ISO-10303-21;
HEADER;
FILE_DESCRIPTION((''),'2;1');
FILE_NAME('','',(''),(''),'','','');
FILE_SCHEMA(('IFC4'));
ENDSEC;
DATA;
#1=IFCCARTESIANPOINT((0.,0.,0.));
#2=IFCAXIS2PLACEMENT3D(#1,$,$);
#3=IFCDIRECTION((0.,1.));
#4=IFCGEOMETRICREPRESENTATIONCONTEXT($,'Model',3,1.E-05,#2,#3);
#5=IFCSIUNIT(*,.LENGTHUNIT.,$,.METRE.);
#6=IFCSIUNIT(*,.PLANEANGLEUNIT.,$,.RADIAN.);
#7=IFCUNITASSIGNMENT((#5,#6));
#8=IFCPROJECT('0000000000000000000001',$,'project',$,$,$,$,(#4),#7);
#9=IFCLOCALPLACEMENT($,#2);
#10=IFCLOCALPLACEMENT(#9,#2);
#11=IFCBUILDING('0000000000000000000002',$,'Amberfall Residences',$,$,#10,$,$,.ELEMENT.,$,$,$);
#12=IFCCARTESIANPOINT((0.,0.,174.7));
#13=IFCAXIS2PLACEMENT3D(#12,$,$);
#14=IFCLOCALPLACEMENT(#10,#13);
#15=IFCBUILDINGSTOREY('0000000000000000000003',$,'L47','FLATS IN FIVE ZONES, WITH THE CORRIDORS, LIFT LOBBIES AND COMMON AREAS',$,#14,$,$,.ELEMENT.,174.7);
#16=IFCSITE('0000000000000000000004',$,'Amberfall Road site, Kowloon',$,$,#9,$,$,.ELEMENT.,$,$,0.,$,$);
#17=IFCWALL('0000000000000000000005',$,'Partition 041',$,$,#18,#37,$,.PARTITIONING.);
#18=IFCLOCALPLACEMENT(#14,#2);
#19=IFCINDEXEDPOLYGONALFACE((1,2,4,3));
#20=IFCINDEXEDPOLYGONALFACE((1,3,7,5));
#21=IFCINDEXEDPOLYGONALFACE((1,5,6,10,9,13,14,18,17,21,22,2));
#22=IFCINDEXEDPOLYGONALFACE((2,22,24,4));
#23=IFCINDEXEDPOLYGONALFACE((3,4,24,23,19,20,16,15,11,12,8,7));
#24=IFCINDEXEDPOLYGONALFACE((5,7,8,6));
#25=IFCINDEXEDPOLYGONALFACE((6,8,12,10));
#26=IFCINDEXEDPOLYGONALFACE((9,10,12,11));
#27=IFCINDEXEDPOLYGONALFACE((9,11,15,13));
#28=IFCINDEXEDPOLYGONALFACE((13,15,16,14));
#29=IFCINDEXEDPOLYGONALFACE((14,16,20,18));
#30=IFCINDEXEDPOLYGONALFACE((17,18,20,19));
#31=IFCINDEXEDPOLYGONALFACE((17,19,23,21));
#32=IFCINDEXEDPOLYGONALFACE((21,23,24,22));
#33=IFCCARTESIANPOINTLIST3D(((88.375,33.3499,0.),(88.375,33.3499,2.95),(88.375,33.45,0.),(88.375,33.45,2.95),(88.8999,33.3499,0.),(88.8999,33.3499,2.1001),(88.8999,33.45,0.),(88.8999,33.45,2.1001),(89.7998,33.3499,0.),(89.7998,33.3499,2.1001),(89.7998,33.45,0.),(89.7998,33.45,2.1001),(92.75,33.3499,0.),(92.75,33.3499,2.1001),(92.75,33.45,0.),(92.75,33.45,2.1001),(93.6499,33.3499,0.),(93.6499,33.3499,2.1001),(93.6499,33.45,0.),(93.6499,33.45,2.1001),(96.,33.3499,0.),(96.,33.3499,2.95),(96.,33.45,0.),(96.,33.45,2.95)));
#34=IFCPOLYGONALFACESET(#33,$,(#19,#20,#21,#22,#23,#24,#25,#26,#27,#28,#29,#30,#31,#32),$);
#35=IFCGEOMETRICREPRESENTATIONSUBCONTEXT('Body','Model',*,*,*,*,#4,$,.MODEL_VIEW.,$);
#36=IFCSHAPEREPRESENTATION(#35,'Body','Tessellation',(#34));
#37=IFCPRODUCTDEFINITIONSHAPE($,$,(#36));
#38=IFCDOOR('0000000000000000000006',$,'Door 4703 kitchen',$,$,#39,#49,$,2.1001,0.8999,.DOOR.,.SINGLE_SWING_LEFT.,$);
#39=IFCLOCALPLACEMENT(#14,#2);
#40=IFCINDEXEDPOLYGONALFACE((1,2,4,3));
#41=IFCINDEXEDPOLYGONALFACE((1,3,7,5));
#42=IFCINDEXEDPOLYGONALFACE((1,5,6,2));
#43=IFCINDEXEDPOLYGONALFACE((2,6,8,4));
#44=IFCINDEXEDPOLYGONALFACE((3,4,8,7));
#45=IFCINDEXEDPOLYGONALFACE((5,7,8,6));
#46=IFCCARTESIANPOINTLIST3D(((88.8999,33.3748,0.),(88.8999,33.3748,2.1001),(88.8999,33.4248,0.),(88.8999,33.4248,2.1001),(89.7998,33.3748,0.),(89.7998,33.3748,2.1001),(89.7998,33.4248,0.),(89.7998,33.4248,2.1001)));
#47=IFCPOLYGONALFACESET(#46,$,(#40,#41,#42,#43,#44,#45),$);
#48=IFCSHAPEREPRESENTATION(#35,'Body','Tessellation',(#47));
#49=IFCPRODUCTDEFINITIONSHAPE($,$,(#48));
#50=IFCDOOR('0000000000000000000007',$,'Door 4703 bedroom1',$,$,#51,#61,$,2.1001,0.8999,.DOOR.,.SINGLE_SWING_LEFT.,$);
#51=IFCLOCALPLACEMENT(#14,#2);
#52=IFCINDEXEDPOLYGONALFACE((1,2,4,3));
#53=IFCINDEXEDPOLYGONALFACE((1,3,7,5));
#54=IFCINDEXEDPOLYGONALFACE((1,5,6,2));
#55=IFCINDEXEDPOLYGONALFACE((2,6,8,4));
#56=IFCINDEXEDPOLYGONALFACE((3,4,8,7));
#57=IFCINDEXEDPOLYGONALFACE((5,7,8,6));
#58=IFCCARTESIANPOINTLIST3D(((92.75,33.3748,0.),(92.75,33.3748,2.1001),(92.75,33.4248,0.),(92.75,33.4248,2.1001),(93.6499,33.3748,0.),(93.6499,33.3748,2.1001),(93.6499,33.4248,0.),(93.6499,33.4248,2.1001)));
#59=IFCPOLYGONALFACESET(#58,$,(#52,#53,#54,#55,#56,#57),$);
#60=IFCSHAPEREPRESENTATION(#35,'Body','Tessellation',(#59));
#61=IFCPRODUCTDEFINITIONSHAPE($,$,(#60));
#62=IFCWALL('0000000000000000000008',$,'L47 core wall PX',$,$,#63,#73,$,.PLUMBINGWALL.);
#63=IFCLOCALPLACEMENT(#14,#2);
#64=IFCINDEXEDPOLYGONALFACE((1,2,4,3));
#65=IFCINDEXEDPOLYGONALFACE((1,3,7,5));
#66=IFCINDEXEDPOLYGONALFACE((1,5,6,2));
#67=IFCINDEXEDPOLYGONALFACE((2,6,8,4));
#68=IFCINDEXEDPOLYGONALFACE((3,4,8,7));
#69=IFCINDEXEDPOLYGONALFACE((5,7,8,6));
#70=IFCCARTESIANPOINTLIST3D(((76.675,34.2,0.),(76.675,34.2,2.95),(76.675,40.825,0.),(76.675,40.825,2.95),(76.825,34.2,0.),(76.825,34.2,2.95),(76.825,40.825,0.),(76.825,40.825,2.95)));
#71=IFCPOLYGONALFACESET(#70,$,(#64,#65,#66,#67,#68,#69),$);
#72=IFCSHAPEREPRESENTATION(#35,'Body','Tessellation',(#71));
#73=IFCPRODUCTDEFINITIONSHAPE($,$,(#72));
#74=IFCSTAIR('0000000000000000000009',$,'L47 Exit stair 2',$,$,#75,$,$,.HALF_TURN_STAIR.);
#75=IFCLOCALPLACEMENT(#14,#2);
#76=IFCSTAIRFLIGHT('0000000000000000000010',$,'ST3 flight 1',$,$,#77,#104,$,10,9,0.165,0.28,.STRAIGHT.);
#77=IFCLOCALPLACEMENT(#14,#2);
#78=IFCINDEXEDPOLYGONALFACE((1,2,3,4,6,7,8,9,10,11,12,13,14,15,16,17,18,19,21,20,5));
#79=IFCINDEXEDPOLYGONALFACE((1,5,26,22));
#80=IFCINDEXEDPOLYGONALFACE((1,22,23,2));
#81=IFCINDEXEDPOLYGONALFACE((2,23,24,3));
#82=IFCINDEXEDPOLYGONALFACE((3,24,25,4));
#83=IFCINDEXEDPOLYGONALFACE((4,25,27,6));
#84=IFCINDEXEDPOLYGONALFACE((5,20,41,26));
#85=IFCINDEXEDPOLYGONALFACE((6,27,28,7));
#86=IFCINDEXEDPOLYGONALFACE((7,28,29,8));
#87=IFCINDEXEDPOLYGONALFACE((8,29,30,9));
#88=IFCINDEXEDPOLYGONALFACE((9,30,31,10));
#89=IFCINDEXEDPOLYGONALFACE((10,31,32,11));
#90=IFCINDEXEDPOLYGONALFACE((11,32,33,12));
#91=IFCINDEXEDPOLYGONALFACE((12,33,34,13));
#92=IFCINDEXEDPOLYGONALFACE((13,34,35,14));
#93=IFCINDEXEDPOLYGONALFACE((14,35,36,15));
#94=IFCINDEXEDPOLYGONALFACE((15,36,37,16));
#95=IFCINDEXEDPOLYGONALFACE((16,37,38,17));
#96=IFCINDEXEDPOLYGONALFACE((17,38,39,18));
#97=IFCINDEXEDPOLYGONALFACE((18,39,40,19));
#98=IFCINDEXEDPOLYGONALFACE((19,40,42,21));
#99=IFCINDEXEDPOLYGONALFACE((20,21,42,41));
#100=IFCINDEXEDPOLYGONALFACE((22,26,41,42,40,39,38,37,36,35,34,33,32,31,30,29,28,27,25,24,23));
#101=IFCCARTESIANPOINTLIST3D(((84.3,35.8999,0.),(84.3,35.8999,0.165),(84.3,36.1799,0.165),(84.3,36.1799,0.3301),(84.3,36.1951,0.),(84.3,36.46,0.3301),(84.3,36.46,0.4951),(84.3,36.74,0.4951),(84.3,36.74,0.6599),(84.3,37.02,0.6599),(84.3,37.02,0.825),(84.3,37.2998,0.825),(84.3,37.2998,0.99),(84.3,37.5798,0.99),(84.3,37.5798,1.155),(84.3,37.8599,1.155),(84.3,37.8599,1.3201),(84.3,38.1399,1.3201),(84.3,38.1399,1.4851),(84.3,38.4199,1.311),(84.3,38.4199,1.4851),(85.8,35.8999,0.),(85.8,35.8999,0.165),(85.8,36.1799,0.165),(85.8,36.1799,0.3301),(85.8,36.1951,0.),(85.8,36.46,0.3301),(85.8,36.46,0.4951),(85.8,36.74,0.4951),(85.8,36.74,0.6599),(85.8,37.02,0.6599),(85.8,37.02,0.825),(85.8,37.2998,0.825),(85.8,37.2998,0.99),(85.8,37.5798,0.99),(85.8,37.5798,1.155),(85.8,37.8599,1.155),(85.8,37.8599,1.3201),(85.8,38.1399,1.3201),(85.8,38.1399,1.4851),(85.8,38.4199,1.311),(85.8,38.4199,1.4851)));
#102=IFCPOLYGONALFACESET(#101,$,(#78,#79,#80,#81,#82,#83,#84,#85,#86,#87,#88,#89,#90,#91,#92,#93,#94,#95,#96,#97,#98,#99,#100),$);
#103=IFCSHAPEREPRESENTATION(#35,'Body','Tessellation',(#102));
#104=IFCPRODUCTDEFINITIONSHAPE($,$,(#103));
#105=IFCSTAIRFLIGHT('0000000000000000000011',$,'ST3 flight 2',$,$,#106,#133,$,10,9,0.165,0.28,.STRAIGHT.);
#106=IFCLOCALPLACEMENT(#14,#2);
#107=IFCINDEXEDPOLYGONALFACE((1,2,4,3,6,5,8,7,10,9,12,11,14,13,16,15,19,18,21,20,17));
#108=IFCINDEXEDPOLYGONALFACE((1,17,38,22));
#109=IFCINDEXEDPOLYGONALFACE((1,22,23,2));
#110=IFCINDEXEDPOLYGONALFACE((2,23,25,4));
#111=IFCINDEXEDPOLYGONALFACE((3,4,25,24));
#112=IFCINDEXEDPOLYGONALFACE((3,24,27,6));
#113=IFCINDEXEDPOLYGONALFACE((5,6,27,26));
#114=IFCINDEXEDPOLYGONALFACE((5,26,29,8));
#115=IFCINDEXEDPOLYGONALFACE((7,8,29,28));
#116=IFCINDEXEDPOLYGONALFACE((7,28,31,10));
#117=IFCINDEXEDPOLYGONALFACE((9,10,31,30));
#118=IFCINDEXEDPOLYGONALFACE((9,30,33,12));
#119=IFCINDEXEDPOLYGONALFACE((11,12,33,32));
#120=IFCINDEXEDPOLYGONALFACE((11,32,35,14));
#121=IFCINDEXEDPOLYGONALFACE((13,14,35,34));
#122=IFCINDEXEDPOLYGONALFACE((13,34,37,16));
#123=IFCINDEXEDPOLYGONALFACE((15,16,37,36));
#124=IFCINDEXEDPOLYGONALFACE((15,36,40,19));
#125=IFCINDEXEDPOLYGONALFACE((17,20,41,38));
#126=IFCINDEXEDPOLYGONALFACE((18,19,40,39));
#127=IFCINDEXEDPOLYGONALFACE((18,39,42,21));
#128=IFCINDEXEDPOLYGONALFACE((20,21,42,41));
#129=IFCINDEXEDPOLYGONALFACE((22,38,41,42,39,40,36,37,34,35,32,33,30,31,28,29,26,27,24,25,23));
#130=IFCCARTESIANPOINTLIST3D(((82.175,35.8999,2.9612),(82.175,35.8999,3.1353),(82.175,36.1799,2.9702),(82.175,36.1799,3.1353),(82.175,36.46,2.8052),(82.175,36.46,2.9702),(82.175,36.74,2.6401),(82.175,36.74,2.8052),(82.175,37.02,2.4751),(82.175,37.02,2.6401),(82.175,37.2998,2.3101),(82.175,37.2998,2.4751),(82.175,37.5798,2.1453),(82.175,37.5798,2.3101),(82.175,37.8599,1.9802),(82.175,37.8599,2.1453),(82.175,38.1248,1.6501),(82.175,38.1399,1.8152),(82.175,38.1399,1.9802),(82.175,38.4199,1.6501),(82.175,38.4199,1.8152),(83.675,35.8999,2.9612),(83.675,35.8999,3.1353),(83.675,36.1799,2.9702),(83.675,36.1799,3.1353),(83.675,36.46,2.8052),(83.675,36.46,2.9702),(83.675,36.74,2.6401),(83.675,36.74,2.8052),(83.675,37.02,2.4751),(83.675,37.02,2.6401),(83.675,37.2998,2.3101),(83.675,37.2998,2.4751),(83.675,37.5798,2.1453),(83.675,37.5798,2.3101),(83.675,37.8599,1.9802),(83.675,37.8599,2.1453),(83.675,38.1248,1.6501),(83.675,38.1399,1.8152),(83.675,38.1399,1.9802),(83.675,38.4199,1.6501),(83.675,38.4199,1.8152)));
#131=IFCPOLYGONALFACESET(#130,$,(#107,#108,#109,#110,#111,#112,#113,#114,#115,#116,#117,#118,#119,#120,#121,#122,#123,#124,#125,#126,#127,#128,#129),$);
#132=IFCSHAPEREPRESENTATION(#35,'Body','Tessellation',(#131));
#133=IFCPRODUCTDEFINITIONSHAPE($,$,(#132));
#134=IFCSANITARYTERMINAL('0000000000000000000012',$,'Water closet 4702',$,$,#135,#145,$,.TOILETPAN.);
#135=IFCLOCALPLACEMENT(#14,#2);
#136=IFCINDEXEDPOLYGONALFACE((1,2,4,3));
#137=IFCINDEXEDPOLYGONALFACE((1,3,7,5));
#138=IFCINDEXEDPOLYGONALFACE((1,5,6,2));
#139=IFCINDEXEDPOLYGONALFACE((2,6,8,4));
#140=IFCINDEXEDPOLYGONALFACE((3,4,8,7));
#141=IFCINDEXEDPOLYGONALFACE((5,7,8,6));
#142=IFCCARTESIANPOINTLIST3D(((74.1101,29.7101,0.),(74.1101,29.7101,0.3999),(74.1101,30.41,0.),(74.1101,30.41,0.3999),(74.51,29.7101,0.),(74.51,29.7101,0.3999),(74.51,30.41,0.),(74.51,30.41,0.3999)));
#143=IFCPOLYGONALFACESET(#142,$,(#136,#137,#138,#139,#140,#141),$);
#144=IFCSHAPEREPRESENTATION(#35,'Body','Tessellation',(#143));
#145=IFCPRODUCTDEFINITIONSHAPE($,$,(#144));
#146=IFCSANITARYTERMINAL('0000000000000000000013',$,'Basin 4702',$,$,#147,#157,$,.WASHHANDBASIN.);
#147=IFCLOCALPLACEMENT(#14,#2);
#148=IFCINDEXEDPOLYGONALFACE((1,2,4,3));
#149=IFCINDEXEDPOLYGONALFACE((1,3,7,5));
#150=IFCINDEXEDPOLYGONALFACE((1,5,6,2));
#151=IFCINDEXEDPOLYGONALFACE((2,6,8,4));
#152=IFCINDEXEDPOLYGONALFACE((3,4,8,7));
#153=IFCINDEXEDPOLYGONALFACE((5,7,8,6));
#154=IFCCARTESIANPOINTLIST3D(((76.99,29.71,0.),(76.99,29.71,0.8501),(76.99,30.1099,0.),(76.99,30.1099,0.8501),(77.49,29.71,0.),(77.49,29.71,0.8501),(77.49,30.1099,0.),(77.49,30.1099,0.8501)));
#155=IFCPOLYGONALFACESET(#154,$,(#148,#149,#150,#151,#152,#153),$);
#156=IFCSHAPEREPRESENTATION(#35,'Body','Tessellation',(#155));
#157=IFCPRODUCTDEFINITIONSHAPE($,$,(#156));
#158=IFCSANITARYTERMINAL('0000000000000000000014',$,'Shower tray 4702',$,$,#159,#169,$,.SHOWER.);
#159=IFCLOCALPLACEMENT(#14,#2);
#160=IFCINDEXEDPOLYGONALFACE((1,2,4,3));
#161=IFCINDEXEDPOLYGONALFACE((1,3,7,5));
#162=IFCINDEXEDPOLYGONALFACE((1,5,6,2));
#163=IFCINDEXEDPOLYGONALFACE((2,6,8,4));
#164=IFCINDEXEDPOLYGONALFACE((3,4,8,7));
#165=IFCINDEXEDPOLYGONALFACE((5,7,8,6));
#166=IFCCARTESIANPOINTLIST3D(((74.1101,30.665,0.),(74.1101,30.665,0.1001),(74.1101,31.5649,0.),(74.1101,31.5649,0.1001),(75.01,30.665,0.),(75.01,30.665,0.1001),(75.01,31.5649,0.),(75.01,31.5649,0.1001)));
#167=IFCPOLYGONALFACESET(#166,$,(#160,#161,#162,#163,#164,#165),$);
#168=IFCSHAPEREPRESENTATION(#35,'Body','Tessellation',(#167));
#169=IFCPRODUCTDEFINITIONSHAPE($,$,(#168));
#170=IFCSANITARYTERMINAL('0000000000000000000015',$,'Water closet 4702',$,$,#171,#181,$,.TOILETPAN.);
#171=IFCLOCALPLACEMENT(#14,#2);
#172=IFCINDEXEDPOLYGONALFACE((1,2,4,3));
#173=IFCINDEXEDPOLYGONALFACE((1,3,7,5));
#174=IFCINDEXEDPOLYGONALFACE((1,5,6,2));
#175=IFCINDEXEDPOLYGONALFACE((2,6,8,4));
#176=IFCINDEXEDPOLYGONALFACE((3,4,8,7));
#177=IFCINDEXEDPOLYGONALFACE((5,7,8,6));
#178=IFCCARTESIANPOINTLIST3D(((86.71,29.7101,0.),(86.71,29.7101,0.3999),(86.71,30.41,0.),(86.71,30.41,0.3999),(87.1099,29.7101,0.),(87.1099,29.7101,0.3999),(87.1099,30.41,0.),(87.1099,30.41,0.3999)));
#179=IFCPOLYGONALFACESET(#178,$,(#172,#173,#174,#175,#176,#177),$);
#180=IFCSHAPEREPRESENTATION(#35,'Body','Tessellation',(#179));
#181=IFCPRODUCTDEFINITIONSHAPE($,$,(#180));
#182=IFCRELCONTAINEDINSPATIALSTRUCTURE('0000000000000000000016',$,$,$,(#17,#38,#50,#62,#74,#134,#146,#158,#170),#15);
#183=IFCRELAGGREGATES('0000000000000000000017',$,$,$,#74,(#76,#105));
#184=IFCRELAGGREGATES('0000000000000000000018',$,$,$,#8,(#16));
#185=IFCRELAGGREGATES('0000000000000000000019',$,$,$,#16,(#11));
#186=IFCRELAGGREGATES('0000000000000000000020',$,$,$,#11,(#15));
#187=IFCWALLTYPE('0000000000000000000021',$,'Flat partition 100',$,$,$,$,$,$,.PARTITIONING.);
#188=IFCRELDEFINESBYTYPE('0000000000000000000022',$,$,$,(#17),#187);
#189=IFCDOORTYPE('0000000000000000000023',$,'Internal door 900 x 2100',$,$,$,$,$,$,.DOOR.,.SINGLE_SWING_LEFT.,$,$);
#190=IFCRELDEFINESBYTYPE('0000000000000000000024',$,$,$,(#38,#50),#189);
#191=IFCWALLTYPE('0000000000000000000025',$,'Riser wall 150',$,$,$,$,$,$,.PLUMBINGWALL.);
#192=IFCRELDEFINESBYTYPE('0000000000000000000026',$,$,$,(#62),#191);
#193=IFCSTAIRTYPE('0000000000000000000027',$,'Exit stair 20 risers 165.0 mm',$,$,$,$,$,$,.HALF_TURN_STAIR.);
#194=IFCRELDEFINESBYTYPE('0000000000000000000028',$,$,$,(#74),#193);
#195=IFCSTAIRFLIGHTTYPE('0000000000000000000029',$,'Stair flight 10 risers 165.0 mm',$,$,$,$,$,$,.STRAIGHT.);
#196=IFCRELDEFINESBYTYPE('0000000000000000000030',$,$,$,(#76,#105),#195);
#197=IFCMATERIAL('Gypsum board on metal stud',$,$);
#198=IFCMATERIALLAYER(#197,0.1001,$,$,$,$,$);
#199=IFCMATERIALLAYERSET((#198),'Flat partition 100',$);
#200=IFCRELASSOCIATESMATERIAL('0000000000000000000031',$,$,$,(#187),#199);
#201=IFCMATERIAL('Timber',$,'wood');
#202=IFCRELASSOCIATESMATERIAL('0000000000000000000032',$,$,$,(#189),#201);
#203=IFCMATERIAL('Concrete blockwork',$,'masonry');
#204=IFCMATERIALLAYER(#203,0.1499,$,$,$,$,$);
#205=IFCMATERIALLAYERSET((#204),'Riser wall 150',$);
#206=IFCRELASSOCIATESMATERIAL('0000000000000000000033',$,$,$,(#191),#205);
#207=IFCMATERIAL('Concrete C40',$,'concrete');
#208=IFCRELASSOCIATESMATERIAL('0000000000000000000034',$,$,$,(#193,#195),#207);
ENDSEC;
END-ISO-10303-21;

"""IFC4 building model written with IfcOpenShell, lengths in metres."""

from ifc_helpers import new_model, si_unit, direction, frame, frame_2d, origin, origin_2d, place, context, subcontext, project, spatial, polyline, rectangle, outline, extrude, material, layer, layer_set, type_object, element, fill, aggregate, save


model = new_model("IFC4")

# Units and contexts
model_context = context("Model", 3, precision=1e-05, world=origin(), true_north=direction((0.0, 1.0)))
body_context = subcontext(model_context, "Body", "Model", "MODEL_VIEW")
ifc_project = project(units=[si_unit("LENGTHUNIT", "METRE"), si_unit("PLANEANGLEUNIT", "RADIAN")], contexts=[model_context])

# Site, building, storey
site_placement = place(None, origin())
site = spatial("IfcSite", under=ifc_project, at=site_placement, Name="Amberfall Road site, Kowloon", CompositionType="ELEMENT", RefElevation=0.0)
building_placement = place(site_placement, origin())
building = spatial("IfcBuilding", under=site, at=building_placement, Name="Amberfall Residences", CompositionType="ELEMENT")
storey_placement = place(building_placement, frame((0.0, 0.0, 174.7)))
storey = spatial("IfcBuildingStorey", under=building, at=storey_placement, Name="L47", Description="FLATS IN FIVE ZONES, WITH THE CORRIDORS, LIFT LOBBIES AND COMMON AREAS", CompositionType="ELEMENT", Elevation=174.7)

# Shared definitions
ifc_material_1 = material(Name="Gypsum board on metal stud")
ifc_layer_1 = layer(ifc_material_1, 0.1001)
ifc_layer_set_1 = layer_set([ifc_layer_1], Name="Flat partition 100")
wall_type_1 = type_object("IfcWallType", Name="Flat partition 100", PredefinedType="PARTITIONING", material=ifc_layer_set_1)
ifc_material_2 = material(Name="Timber", Category="wood")
door_type_1 = type_object("IfcDoorType", Name="Internal door 900 x 2100", OperationType="SINGLE_SWING_LEFT", PredefinedType="DOOR", material=ifc_material_2)

# Wall, openings, doors
wall_1_placement = place(storey_placement, frame((88.375, 33.3999, 0.0), z_axis=(0.0, 0.0, 1.0), x_axis=(1.0, 0.0, 0.0)))
wall_1 = element("IfcWall", 1, at=wall_1_placement, inside=storey, type_object=wall_type_1, Name="Partition 041", PredefinedType="PARTITIONING", context=body_context, shape_type="SweptSolid", body=[
    extrude(rectangle(XDim=7.625, YDim=0.1001, at=frame_2d((3.8125, 0.0))), origin(), (0.0, 0.0, 1.0), 2.95),
])
opening_1_placement = place(wall_1_placement, frame((0.5249, 0.0, 0.0)))
opening_1 = element("IfcOpeningElement", 2, at=opening_1_placement, cuts=wall_1, PredefinedType="OPENING", context=body_context, shape_type="SweptSolid", body=[
    extrude(rectangle(XDim=0.8999, YDim=2.1001, at=frame_2d((0.45, 1.05))), frame((0.0, 0.0601, 0.0), z_axis=(0.0, -1.0, 0.0), x_axis=(1.0, 0.0, 0.0)), (0.0, 0.0, 1.0), 0.1201),
])
opening_2_placement = place(wall_1_placement, frame((4.375, 0.0, 0.0)))
opening_2 = element("IfcOpeningElement", 3, at=opening_2_placement, cuts=wall_1, PredefinedType="OPENING", context=body_context, shape_type="SweptSolid", body=[
    extrude(rectangle(XDim=0.8999, YDim=2.1001, at=frame_2d((0.45, 1.05))), frame((0.0, 0.0601, 0.0), z_axis=(0.0, -1.0, 0.0), x_axis=(1.0, 0.0, 0.0)), (0.0, 0.0, 1.0), 0.1201),
])
door_1_placement = place(opening_1_placement, origin())
door_1 = element("IfcDoor", 4, at=door_1_placement, inside=storey, type_object=door_type_1, Name="Door 4703 kitchen", OperationType="SINGLE_SWING_LEFT", OverallHeight=2.1001, OverallWidth=0.8999, PredefinedType="DOOR", context=body_context, shape_type="SweptSolid", body=[
    extrude(rectangle(XDim=0.8999, YDim=2.1001, at=frame_2d((0.45, 1.05))), frame((0.0, 0.0249, 0.0), z_axis=(0.0, -1.0, 0.0), x_axis=(1.0, 0.0, 0.0)), (0.0, 0.0, 1.0), 0.05),
])
fill(opening_1, door_1)
door_2_placement = place(opening_2_placement, origin())
door_2 = element("IfcDoor", 5, at=door_2_placement, inside=storey, type_object=door_type_1, Name="Door 4703 bedroom1", OperationType="SINGLE_SWING_LEFT", OverallHeight=2.1001, OverallWidth=0.8999, PredefinedType="DOOR", context=body_context, shape_type="SweptSolid", body=[
    extrude(rectangle(XDim=0.8999, YDim=2.1001, at=frame_2d((0.45, 1.05))), frame((0.0, 0.0249, 0.0), z_axis=(0.0, -1.0, 0.0), x_axis=(1.0, 0.0, 0.0)), (0.0, 0.0, 1.0), 0.05),
])
fill(opening_2, door_2)

# Wall
ifc_material_3 = material(Name="Concrete blockwork", Category="masonry")
ifc_layer_2 = layer(ifc_material_3, 0.1499)
ifc_layer_set_2 = layer_set([ifc_layer_2], Name="Riser wall 150")
wall_type_2 = type_object("IfcWallType", Name="Riser wall 150", PredefinedType="PLUMBINGWALL", material=ifc_layer_set_2)
wall_2_placement = place(storey_placement, frame((76.75, 34.2, 0.0), z_axis=(0.0, 0.0, 1.0), x_axis=(0.0, 1.0, 0.0)))
element("IfcWall", 6, at=wall_2_placement, inside=storey, type_object=wall_type_2, Name="L47 core wall PX", PredefinedType="PLUMBINGWALL", context=body_context, shape_type="SweptSolid", body=[
    extrude(rectangle(XDim=6.625, YDim=0.1499, at=frame_2d((3.3125, 0.0))), origin(), (0.0, 0.0, 1.0), 2.95),
])

# Stair, stair flights
ifc_material_4 = material(Name="Concrete C40", Category="concrete")
stair_type = type_object("IfcStairType", Name="Exit stair 20 risers 165.0 mm", PredefinedType="HALF_TURN_STAIR", material=ifc_material_4)
stair_placement = place(storey_placement, origin())
stair = element("IfcStair", 7, at=stair_placement, inside=storey, type_object=stair_type, Name="L47 Exit stair 2", PredefinedType="HALF_TURN_STAIR")
stair_flight_type = type_object("IfcStairFlightType", Name="Stair flight 10 risers 165.0 mm", PredefinedType="STRAIGHT", material=ifc_material_4)
stair_flight_1_placement = place(storey_placement, frame((85.05, 35.8999, 0.0), z_axis=(0.0, 0.0, 1.0), x_axis=(0.0, 1.0, 0.0)))
stair_flight_1 = element("IfcStairFlight", 8, at=stair_flight_1_placement, type_object=stair_flight_type, Name="ST3 flight 1", NumberOfRisers=10, NumberOfTreads=9, PredefinedType="STRAIGHT", RiserHeight=0.165, TreadLength=0.28, context=body_context, shape_type="SweptSolid", body=[
    extrude(outline(polyline([(0.0, 0.0), (0.0, 0.165), (0.28, 0.165), (0.28, 0.3301), (0.5601, 0.3301), (0.5601, 0.4951), (0.8401, 0.4951), (0.8401, 0.6599), (1.1201, 0.6599), (1.1201, 0.825), (1.3999, 0.825), (1.3999, 0.99), (1.6799, 0.99), (1.6799, 1.155), (1.96, 1.155), (1.96, 1.3201), (2.24, 1.3201), (2.24, 1.4851), (2.52, 1.4851), (2.52, 1.6499), (2.52, 1.311), (0.2952, 0.0), (0.0, 0.0)])), frame((0.0, 0.75, 0.0), z_axis=(0.0, -1.0, 0.0), x_axis=(1.0, 0.0, 0.0)), (0.0, 0.0, 1.0), 1.5),
])
stair_flight_2_placement = place(storey_placement, frame((82.925, 38.4199, 1.6501), z_axis=(0.0, 0.0, 1.0), x_axis=(0.0, -1.0, 0.0)))
stair_flight_2 = element("IfcStairFlight", 9, at=stair_flight_2_placement, type_object=stair_flight_type, Name="ST3 flight 2", NumberOfRisers=10, NumberOfTreads=9, PredefinedType="STRAIGHT", RiserHeight=0.165, TreadLength=0.28, context=body_context, shape_type="SweptSolid", body=[
    extrude(outline(polyline([(0.0, 0.0), (0.0, 0.165), (0.28, 0.165), (0.28, 0.3301), (0.5601, 0.3301), (0.5601, 0.4951), (0.8401, 0.4951), (0.8401, 0.6599), (1.1201, 0.6599), (1.1201, 0.825), (1.3999, 0.825), (1.3999, 0.99), (1.6799, 0.99), (1.6799, 1.155), (1.96, 1.155), (1.96, 1.3201), (2.24, 1.3201), (2.24, 1.4851), (2.52, 1.4851), (2.52, 1.6499), (2.52, 1.311), (0.2952, 0.0), (0.0, 0.0)])), frame((0.0, 0.75, 0.0), z_axis=(0.0, -1.0, 0.0), x_axis=(1.0, 0.0, 0.0)), (0.0, 0.0, 1.0), 1.5),
])
aggregate(stair, [stair_flight_1, stair_flight_2])

# Sanitary terminals
sanitary_terminal_1_placement = place(storey_placement, frame((74.3101, 30.0601, 0.0), z_axis=(0.0, 0.0, 1.0), x_axis=(1.0, 0.0, 0.0)))
element("IfcSanitaryTerminal", 10, at=sanitary_terminal_1_placement, inside=storey, Name="Water closet 4702", PredefinedType="TOILETPAN", context=body_context, shape_type="SweptSolid", body=[
    extrude(rectangle(XDim=0.3999, YDim=0.7, at=origin_2d()), origin(), (0.0, 0.0, 1.0), 0.3999),
])
sanitary_terminal_2_placement = place(storey_placement, frame((77.24, 29.9099, 0.0), z_axis=(0.0, 0.0, 1.0), x_axis=(1.0, 0.0, 0.0)))
element("IfcSanitaryTerminal", 11, at=sanitary_terminal_2_placement, inside=storey, Name="Basin 4702", PredefinedType="WASHHANDBASIN", context=body_context, shape_type="SweptSolid", body=[
    extrude(rectangle(XDim=0.5, YDim=0.3999, at=origin_2d()), origin(), (0.0, 0.0, 1.0), 0.8501),
])
sanitary_terminal_3_placement = place(storey_placement, frame((74.5601, 31.115, 0.0), z_axis=(0.0, 0.0, 1.0), x_axis=(1.0, 0.0, 0.0)))
element("IfcSanitaryTerminal", 12, at=sanitary_terminal_3_placement, inside=storey, Name="Shower tray 4702", PredefinedType="SHOWER", context=body_context, shape_type="SweptSolid", body=[
    extrude(rectangle(XDim=0.8999, YDim=0.8999, at=origin_2d()), origin(), (0.0, 0.0, 1.0), 0.1001),
])
sanitary_terminal_4_placement = place(storey_placement, frame((86.9099, 30.0601, 0.0), z_axis=(0.0, 0.0, 1.0), x_axis=(1.0, 0.0, 0.0)))
element("IfcSanitaryTerminal", 13, at=sanitary_terminal_4_placement, inside=storey, Name="Water closet 4702", PredefinedType="TOILETPAN", context=body_context, shape_type="SweptSolid", body=[
    extrude(rectangle(XDim=0.3999, YDim=0.7, at=origin_2d()), origin(), (0.0, 0.0, 1.0), 0.3999),
])

save(model, "model.ifc")
